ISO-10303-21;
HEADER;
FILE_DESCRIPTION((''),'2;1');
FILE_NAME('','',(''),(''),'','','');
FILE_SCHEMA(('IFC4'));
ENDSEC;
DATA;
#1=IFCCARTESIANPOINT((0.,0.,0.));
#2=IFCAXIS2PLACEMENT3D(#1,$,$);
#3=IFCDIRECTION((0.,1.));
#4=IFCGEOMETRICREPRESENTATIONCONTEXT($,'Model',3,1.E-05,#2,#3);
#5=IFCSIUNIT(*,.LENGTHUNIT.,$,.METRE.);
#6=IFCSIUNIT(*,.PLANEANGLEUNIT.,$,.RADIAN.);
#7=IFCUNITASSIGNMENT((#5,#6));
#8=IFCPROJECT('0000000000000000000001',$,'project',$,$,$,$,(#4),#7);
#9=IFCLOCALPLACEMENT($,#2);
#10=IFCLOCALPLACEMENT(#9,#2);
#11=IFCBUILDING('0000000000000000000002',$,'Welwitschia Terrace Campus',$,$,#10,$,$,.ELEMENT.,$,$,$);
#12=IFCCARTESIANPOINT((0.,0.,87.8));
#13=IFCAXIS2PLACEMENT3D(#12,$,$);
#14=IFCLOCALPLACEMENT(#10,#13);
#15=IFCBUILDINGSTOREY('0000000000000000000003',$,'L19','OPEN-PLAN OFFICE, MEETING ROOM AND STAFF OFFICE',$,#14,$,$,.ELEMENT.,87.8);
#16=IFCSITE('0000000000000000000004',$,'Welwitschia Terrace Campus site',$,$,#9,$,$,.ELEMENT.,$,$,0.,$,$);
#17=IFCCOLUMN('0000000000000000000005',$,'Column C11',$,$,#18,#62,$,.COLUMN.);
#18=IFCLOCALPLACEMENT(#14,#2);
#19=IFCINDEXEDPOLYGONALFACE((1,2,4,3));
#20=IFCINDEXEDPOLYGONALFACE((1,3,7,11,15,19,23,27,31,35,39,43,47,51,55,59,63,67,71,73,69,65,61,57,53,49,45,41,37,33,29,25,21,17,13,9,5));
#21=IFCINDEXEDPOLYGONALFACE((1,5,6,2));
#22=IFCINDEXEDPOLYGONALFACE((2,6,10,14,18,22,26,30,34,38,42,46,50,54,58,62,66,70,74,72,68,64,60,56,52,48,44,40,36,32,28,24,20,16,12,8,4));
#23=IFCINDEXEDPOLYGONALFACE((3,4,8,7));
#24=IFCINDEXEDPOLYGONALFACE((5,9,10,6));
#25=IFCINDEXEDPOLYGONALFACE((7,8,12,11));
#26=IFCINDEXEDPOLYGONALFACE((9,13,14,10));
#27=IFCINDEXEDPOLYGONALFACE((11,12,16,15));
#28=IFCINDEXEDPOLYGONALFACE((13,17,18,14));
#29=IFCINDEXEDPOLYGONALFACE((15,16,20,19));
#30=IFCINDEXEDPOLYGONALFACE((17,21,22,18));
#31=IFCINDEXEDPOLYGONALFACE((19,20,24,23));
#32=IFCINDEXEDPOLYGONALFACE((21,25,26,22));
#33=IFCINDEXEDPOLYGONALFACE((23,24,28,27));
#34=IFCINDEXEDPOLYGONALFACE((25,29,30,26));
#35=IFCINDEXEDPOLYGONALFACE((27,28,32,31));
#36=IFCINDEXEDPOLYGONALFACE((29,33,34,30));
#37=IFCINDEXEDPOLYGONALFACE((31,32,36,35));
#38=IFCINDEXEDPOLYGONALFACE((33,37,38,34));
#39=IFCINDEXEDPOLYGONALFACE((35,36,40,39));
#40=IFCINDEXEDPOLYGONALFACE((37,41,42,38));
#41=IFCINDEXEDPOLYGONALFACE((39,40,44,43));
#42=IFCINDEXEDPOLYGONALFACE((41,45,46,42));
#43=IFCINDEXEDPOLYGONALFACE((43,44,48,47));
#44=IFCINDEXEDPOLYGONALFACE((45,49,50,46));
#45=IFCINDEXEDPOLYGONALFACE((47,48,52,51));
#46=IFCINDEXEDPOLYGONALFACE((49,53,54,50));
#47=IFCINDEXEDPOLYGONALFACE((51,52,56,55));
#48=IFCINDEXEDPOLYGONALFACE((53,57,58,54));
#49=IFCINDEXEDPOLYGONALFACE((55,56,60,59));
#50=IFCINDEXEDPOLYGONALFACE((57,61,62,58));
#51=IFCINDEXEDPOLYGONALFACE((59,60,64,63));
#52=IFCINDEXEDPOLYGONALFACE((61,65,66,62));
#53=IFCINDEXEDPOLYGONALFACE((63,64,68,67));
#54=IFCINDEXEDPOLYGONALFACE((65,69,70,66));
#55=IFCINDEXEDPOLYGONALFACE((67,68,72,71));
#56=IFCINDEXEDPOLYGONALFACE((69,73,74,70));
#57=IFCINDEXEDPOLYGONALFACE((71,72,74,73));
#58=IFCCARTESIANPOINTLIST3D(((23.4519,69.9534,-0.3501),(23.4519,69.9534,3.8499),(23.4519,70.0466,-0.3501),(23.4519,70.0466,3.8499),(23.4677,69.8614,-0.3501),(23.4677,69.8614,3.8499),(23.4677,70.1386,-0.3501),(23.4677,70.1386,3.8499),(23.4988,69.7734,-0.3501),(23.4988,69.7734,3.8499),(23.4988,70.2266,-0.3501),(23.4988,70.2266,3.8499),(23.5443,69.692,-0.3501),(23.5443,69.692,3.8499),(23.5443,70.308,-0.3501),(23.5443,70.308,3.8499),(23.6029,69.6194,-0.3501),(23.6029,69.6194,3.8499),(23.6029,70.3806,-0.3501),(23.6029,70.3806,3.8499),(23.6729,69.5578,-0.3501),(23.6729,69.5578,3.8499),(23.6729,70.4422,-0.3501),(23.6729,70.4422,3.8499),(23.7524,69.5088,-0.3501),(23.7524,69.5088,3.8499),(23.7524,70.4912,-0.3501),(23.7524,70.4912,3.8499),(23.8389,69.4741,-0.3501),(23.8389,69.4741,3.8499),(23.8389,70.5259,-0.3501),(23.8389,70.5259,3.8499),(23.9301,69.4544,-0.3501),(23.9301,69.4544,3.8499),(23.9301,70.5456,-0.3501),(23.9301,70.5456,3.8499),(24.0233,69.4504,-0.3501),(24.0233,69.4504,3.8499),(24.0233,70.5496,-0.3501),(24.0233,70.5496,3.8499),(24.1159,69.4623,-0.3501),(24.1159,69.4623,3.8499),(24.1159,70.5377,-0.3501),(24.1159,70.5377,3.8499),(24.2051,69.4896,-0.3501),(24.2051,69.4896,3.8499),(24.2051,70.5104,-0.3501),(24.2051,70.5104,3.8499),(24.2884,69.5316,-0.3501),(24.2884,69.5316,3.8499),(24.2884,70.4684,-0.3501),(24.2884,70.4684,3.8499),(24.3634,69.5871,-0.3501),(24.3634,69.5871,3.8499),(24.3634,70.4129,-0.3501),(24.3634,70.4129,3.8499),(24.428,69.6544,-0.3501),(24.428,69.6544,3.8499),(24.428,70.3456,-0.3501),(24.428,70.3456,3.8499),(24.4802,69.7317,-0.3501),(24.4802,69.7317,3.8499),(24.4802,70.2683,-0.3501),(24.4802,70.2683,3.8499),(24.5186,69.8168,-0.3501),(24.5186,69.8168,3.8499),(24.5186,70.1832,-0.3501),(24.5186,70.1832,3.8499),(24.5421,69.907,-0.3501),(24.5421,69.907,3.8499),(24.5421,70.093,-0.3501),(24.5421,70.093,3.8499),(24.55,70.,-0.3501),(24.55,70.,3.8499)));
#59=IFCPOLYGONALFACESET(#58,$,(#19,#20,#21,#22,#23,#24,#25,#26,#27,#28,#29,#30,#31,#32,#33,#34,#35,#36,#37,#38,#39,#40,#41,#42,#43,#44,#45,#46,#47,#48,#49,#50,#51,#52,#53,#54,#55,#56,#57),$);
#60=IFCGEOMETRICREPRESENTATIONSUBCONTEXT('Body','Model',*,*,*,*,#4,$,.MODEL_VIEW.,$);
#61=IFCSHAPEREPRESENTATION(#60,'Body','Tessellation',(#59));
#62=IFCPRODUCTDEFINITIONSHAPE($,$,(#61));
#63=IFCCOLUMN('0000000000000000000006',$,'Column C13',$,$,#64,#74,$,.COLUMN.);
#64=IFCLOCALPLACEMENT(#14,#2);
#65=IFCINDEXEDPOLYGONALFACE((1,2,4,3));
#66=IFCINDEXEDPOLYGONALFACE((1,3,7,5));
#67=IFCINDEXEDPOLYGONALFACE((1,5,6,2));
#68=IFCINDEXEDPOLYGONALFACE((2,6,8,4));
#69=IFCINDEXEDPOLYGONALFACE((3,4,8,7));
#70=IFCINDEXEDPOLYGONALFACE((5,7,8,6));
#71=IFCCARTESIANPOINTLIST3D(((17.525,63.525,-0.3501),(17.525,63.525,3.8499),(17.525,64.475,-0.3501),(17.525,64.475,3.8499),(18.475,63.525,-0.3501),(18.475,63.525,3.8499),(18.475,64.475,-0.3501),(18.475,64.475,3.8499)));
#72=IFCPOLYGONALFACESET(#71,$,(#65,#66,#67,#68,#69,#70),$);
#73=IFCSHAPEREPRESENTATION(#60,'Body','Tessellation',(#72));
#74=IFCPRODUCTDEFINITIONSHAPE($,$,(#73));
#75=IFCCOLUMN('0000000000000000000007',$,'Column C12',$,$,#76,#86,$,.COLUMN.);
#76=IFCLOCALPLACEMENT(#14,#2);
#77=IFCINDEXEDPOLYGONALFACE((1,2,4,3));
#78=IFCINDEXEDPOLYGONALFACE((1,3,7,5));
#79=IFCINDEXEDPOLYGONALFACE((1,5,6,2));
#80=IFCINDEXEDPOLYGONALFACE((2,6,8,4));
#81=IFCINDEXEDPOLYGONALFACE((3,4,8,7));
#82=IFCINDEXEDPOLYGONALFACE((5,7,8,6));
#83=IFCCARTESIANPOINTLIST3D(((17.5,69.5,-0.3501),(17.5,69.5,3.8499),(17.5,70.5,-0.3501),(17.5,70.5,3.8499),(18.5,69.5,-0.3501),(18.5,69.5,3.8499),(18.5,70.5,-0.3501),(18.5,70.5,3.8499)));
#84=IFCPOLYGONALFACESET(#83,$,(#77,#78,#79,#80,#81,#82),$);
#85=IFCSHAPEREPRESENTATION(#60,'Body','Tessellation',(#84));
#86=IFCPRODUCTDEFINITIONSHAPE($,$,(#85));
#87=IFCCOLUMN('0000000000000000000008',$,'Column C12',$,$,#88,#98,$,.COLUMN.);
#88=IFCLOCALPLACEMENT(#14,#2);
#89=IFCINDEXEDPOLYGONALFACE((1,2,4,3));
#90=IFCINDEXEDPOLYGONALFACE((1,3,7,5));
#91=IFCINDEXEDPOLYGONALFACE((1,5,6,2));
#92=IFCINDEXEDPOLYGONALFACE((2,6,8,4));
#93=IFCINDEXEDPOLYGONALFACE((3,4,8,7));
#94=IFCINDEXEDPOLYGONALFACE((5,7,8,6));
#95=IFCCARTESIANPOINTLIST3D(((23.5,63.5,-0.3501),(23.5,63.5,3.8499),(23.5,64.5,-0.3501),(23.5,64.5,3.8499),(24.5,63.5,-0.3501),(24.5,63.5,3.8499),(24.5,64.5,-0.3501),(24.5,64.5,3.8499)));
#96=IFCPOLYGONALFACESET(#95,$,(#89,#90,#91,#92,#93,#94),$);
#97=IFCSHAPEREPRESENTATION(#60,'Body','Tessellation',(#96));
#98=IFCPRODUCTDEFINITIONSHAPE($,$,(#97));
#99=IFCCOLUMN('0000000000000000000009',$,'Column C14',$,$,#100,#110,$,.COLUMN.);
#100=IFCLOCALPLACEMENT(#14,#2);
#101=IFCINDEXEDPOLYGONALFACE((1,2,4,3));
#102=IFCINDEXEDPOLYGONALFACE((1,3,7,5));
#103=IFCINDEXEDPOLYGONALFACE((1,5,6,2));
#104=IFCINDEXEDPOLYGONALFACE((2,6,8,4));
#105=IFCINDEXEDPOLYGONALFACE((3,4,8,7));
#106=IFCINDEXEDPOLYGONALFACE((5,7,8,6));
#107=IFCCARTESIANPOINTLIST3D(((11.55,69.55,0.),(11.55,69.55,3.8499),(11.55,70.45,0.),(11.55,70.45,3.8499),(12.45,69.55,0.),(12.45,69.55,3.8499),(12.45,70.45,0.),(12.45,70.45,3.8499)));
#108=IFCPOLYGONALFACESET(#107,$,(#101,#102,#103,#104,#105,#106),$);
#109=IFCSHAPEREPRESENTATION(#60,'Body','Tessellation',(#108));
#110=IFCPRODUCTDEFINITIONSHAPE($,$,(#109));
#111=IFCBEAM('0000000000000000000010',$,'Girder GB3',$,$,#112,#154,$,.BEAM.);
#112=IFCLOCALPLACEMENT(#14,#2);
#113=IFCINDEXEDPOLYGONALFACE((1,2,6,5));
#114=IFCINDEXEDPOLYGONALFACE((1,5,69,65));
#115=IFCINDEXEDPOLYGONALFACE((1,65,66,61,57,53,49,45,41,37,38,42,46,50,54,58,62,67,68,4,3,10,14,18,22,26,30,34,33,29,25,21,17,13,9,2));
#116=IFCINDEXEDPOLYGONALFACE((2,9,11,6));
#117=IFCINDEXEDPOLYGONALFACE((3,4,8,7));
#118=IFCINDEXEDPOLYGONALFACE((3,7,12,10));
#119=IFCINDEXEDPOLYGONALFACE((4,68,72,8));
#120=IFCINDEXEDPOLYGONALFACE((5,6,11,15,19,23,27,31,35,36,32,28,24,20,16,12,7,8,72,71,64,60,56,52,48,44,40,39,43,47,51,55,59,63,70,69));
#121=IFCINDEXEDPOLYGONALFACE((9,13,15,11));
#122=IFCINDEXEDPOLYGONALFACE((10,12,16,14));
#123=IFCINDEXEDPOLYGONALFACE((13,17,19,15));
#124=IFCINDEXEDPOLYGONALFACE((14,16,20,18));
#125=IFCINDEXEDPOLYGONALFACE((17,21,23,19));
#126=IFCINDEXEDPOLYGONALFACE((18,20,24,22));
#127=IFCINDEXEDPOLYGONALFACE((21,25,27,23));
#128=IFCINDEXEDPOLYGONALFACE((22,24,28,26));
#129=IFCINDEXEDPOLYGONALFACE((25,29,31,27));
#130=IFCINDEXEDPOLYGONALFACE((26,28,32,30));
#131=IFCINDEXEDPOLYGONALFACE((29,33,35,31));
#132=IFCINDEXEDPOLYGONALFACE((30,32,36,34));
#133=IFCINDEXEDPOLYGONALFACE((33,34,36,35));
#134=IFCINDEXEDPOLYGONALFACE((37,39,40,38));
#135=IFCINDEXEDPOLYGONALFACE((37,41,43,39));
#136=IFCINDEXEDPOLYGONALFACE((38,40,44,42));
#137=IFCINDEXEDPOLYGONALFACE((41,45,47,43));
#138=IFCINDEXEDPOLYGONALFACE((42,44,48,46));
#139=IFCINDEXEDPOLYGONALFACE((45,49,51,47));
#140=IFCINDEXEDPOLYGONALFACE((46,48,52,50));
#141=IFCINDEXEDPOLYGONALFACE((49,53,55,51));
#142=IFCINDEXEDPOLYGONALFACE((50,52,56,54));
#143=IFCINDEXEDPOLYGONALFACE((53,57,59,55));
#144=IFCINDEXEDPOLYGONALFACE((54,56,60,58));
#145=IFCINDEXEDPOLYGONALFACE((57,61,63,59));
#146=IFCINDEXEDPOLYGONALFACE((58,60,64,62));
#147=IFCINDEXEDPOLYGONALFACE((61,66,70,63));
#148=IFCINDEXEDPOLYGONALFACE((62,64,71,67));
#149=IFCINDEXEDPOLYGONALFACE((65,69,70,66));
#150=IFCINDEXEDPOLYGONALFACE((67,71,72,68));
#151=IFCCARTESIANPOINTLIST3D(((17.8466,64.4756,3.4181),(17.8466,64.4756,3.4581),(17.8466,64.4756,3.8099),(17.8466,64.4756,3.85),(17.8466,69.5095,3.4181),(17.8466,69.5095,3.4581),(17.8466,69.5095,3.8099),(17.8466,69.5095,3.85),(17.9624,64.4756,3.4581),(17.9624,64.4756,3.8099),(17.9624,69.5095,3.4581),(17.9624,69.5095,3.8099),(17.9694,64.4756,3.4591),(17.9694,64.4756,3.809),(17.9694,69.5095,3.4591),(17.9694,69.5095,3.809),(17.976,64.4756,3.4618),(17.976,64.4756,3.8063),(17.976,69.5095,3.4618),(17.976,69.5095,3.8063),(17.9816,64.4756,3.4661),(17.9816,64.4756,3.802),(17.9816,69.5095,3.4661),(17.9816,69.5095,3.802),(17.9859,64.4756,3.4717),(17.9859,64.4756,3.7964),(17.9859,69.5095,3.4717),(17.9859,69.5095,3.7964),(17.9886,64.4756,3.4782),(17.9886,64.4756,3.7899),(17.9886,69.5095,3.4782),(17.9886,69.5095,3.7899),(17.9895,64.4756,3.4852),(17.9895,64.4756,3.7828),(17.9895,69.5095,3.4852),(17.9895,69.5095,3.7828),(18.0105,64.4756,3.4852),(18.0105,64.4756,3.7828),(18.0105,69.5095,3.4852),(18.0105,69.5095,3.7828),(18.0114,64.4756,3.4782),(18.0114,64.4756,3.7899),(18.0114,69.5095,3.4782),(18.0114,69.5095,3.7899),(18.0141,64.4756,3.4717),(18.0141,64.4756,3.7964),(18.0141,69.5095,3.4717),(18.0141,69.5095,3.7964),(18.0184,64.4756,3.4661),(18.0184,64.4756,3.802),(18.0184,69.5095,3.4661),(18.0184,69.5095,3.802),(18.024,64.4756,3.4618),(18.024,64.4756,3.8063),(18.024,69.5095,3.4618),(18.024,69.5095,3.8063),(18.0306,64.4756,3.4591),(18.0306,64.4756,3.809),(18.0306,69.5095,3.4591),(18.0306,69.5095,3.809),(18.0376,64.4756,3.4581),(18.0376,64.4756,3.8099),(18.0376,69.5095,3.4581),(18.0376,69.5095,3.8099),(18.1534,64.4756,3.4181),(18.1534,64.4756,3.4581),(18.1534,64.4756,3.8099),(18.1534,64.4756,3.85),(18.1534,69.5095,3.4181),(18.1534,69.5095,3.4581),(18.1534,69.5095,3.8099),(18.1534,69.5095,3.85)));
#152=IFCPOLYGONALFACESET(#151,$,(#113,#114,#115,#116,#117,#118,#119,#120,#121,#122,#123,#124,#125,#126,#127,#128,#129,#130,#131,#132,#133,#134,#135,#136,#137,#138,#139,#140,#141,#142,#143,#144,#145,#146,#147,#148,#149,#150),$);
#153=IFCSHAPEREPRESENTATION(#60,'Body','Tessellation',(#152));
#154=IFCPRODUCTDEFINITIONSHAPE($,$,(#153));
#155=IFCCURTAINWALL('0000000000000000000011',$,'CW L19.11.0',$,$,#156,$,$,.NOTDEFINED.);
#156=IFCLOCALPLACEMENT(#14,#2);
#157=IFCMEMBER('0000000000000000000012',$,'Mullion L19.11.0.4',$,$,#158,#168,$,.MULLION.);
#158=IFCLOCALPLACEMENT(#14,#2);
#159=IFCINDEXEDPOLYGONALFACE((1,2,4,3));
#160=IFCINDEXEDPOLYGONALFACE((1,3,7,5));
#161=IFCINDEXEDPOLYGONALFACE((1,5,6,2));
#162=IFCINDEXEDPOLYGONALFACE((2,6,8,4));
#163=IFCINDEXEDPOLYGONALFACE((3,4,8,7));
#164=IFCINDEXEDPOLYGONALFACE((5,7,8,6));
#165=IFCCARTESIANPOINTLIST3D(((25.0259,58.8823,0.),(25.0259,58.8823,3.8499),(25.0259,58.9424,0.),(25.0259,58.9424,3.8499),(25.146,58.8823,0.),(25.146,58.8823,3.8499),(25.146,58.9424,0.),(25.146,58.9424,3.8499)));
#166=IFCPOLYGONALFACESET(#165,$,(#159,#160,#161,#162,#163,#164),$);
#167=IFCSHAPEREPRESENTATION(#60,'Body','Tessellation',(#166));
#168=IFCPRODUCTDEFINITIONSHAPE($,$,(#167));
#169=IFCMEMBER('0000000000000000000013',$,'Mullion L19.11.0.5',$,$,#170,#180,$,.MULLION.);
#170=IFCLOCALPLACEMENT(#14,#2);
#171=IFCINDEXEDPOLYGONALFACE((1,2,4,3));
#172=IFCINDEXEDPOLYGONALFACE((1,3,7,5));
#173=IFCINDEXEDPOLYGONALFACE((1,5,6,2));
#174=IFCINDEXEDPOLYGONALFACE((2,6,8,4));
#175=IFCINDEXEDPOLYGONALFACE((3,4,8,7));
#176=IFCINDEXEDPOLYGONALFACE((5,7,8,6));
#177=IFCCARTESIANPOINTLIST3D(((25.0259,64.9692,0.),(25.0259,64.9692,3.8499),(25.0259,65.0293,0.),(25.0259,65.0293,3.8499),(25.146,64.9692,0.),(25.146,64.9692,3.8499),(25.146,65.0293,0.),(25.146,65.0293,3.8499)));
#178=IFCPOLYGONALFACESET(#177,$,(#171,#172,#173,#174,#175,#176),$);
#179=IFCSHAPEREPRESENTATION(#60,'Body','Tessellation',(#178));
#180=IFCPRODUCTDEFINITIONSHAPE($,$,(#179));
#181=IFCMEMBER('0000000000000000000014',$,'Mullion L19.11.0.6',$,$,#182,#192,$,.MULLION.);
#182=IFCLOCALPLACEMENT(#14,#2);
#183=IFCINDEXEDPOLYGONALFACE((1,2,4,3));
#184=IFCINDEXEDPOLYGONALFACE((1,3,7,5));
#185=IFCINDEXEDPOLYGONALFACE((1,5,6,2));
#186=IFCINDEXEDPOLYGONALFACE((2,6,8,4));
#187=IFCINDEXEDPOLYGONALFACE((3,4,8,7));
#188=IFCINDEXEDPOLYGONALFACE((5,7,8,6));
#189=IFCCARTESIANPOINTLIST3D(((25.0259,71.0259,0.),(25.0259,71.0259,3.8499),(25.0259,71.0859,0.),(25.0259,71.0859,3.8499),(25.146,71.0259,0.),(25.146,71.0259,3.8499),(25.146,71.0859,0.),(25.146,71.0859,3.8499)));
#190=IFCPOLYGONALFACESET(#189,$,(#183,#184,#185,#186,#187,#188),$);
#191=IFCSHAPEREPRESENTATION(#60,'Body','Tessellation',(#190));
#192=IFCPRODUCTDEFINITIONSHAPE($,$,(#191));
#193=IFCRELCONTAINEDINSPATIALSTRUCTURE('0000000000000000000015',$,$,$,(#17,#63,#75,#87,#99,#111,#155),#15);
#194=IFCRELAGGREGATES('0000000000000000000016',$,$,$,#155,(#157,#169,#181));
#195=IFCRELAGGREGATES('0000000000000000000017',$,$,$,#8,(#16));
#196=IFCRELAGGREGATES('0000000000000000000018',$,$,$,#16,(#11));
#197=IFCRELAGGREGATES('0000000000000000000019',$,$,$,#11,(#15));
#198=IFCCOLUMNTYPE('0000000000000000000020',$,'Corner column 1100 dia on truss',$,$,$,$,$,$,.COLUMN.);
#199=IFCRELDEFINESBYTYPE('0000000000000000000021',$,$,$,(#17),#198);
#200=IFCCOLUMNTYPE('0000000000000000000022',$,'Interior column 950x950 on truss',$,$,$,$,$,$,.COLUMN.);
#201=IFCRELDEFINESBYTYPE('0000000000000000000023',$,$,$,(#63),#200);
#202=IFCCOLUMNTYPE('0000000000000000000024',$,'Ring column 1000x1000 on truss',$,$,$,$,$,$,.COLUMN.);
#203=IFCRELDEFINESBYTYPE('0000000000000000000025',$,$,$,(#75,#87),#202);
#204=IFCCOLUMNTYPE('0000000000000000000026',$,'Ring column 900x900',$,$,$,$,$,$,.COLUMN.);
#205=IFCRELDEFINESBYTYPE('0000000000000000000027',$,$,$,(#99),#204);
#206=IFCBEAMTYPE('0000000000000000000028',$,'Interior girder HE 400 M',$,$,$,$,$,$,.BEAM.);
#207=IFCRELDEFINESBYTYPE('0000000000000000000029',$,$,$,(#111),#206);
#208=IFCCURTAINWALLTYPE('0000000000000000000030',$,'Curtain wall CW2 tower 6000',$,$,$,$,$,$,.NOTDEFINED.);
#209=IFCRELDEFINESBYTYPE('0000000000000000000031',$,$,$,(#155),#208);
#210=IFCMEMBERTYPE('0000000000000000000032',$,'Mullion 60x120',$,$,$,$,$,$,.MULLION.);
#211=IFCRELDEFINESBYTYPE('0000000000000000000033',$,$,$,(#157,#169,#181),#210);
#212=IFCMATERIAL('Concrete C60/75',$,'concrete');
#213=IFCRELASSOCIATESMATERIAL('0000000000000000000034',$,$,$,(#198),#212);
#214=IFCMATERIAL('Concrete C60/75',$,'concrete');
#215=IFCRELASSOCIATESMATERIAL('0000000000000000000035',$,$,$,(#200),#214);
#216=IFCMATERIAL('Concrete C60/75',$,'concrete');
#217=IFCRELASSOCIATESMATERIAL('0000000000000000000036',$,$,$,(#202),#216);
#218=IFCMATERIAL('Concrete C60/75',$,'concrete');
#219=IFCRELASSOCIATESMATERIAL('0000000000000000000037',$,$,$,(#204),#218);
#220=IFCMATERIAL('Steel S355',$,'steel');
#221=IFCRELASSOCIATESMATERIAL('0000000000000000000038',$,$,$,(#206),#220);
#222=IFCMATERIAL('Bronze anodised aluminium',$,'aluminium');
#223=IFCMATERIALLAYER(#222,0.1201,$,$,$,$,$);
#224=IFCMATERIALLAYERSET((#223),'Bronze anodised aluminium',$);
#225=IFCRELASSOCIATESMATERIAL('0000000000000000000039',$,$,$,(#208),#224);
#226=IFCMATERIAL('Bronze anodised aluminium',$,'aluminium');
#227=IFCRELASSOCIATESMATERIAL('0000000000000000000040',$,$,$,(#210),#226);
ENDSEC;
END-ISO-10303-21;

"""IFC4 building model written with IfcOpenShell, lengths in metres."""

from ifc_helpers import new_model, si_unit, direction, frame, origin, origin_2d, place, context, subcontext, project, spatial, rectangle, circle, i_section, extrude, material, layer, layer_set, material_profile, profile_set, type_object, element, aggregate, save


model = new_model("IFC4")

# Units and contexts
model_context = context("Model", 3, precision=1e-05, world=origin(), true_north=direction((0.0, 1.0)))
body_context = subcontext(model_context, "Body", "Model", "MODEL_VIEW")
ifc_project = project(units=[si_unit("LENGTHUNIT", "METRE"), si_unit("PLANEANGLEUNIT", "RADIAN")], contexts=[model_context])

# Site, building, storey
site_placement = place(None, origin())
site = spatial("IfcSite", under=ifc_project, at=site_placement, Name="Welwitschia Terrace Campus site", CompositionType="ELEMENT", RefElevation=0.0)
building_placement = place(site_placement, origin())
building = spatial("IfcBuilding", under=site, at=building_placement, Name="Welwitschia Terrace Campus", CompositionType="ELEMENT")
storey_placement = place(building_placement, frame((0.0, 0.0, 87.8)))
storey = spatial("IfcBuildingStorey", under=building, at=storey_placement, Name="L19", Description="OPEN-PLAN OFFICE, MEETING ROOM AND STAFF OFFICE", CompositionType="ELEMENT", Elevation=87.8)

# Columns
ifc_material_1 = material(Name="Concrete C60/75", Category="concrete")
ifc_material_profile_1 = material_profile(ifc_material_1, circle(Radius=0.55, at=origin_2d()))
ifc_profile_set_1 = profile_set([ifc_material_profile_1], Name="Concrete C60/75")
column_type_1 = type_object("IfcColumnType", Name="Corner column 1100 dia on truss", PredefinedType="COLUMN", material=ifc_profile_set_1)
column_1_placement = place(storey_placement, frame((24.0, 70.0, -0.3501), z_axis=(0.0, 0.0, 1.0), x_axis=(1.0, 0.0, 0.0)))
element("IfcColumn", 1, at=column_1_placement, inside=storey, type_object=column_type_1, Name="Column C11", PredefinedType="COLUMN", context=body_context, shape_type="SweptSolid", body=[
    extrude(circle(Radius=0.55, at=origin_2d()), origin(), (0.0, 0.0, 1.0), 4.2),
])
ifc_material_2 = material(Name="Concrete C60/75", Category="concrete")
ifc_material_profile_2 = material_profile(ifc_material_2, rectangle(XDim=0.95, YDim=0.95, at=origin_2d()))
ifc_profile_set_2 = profile_set([ifc_material_profile_2], Name="Concrete C60/75")
column_type_2 = type_object("IfcColumnType", Name="Interior column 950x950 on truss", PredefinedType="COLUMN", material=ifc_profile_set_2)
column_2_placement = place(storey_placement, frame((18.0, 64.0, -0.3501), z_axis=(0.0, 0.0, 1.0), x_axis=(1.0, 0.0, 0.0)))
element("IfcColumn", 2, at=column_2_placement, inside=storey, type_object=column_type_2, Name="Column C13", PredefinedType="COLUMN", context=body_context, shape_type="SweptSolid", body=[
    extrude(rectangle(XDim=0.95, YDim=0.95, at=origin_2d()), origin(), (0.0, 0.0, 1.0), 4.2),
])
ifc_material_3 = material(Name="Concrete C60/75", Category="concrete")
ifc_material_profile_3 = material_profile(ifc_material_3, rectangle(XDim=1.0, YDim=1.0, at=origin_2d()))
ifc_profile_set_3 = profile_set([ifc_material_profile_3], Name="Concrete C60/75")
column_type_3 = type_object("IfcColumnType", Name="Ring column 1000x1000 on truss", PredefinedType="COLUMN", material=ifc_profile_set_3)
for number, where, z_axis, x_axis, name in (
    (3, (18.0, 70.0, -0.3501), (0.0, 0.0, 1.0), (1.0, 0.0, 0.0), "Column C12"),
    (4, (24.0, 64.0, -0.3501), (0.0, 0.0, 1.0), (1.0, 0.0, 0.0), "Column C12"),
):
    element("IfcColumn", number, at=place(storey_placement, frame(where, z_axis=z_axis, x_axis=x_axis)), inside=storey, type_object=column_type_3, Name=name, PredefinedType="COLUMN", context=body_context, shape_type="SweptSolid", body=[
        extrude(rectangle(XDim=1.0, YDim=1.0, at=origin_2d()), origin(), (0.0, 0.0, 1.0), 4.2),
    ])
ifc_material_4 = material(Name="Concrete C60/75", Category="concrete")
ifc_material_profile_4 = material_profile(ifc_material_4, rectangle(XDim=0.8999, YDim=0.8999, at=origin_2d()))
ifc_profile_set_4 = profile_set([ifc_material_profile_4], Name="Concrete C60/75")
column_type_4 = type_object("IfcColumnType", Name="Ring column 900x900", PredefinedType="COLUMN", material=ifc_profile_set_4)
column_3_placement = place(storey_placement, frame((12.0, 70.0, 0.0), z_axis=(0.0, 0.0, 1.0), x_axis=(1.0, 0.0, 0.0)))
element("IfcColumn", 5, at=column_3_placement, inside=storey, type_object=column_type_4, Name="Column C14", PredefinedType="COLUMN", context=body_context, shape_type="SweptSolid", body=[
    extrude(rectangle(XDim=0.8999, YDim=0.8999, at=origin_2d()), origin(), (0.0, 0.0, 1.0), 3.8499),
])

# Beam
ifc_material_5 = material(Name="Steel S355", Category="steel")
ifc_material_profile_5 = material_profile(ifc_material_5, i_section(OverallWidth=0.3069, OverallDepth=0.4319, WebThickness=0.021, FlangeThickness=0.04, FilletRadius=0.0271, at=origin_2d()))
ifc_profile_set_5 = profile_set([ifc_material_profile_5], Name="Steel S355")
beam_type_1 = type_object("IfcBeamType", Name="Interior girder HE 400 M", PredefinedType="BEAM", material=ifc_profile_set_5)
beam_1_placement = place(storey_placement, frame((18.0, 64.4756, 3.634), z_axis=(0.0, 1.0, 0.0), x_axis=(-1.0, 0.0, 0.0)))
element("IfcBeam", 6, at=beam_1_placement, inside=storey, type_object=beam_type_1, Name="Girder GB3", PredefinedType="BEAM", context=body_context, shape_type="SweptSolid", body=[
    extrude(i_section(OverallWidth=0.3069, OverallDepth=0.4319, WebThickness=0.021, FlangeThickness=0.04, FilletRadius=0.0271, at=origin_2d()), origin(), (0.0, 0.0, 1.0), 5.0339),
])

# Curtain wall, members
ifc_material_6 = material(Name="Bronze anodised aluminium", Category="aluminium")
ifc_layer_1 = layer(ifc_material_6, 0.1201)
ifc_layer_set_1 = layer_set([ifc_layer_1], Name="Bronze anodised aluminium")
curtain_wall_type = type_object("IfcCurtainWallType", Name="Curtain wall CW2 tower 6000", PredefinedType="NOTDEFINED", material=ifc_layer_set_1)
curtain_wall_1_placement = place(storey_placement, origin())
curtain_wall_1 = element("IfcCurtainWall", 7, at=curtain_wall_1_placement, inside=storey, type_object=curtain_wall_type, Name="CW L19.11.0", PredefinedType="NOTDEFINED")
ifc_material_7 = material(Name="Bronze anodised aluminium", Category="aluminium")
ifc_material_profile_6 = material_profile(ifc_material_7, rectangle(XDim=0.1201, YDim=0.0601, at=origin_2d()))
ifc_profile_set_6 = profile_set([ifc_material_profile_6], Name="Bronze anodised aluminium")
member_type_1 = type_object("IfcMemberType", Name="Mullion 60x120", PredefinedType="MULLION", material=ifc_profile_set_6)
member_1_placement = place(storey_placement, frame((25.0859, 58.9124, 0.0), z_axis=(0.0, 0.0, 1.0), x_axis=(-1.0, 0.0, 0.0)))
member_1 = element("IfcMember", 8, at=member_1_placement, type_object=member_type_1, Name="Mullion L19.11.0.4", PredefinedType="MULLION", context=body_context, shape_type="SweptSolid", body=[
    extrude(rectangle(XDim=0.1201, YDim=0.0601, at=origin_2d()), origin(), (0.0, 0.0, 1.0), 3.8499),
])
member_2_placement = place(storey_placement, frame((25.0859, 64.9993, 0.0), z_axis=(0.0, 0.0, 1.0), x_axis=(-1.0, 0.0, 0.0)))
member_2 = element("IfcMember", 9, at=member_2_placement, type_object=member_type_1, Name="Mullion L19.11.0.5", PredefinedType="MULLION", context=body_context, shape_type="SweptSolid", body=[
    extrude(rectangle(XDim=0.1201, YDim=0.0601, at=origin_2d()), origin(), (0.0, 0.0, 1.0), 3.8499),
])
member_3_placement = place(storey_placement, frame((25.0859, 71.0559, 0.0), z_axis=(0.0, 0.0, 1.0), x_axis=(-1.0, 0.0, 0.0)))
member_3 = element("IfcMember", 10, at=member_3_placement, type_object=member_type_1, Name="Mullion L19.11.0.6", PredefinedType="MULLION", context=body_context, shape_type="SweptSolid", body=[
    extrude(rectangle(XDim=0.1201, YDim=0.0601, at=origin_2d()), origin(), (0.0, 0.0, 1.0), 3.8499),
])

aggregate(curtain_wall_1, [member_1, member_2, member_3])

save(model, "model.ifc")
